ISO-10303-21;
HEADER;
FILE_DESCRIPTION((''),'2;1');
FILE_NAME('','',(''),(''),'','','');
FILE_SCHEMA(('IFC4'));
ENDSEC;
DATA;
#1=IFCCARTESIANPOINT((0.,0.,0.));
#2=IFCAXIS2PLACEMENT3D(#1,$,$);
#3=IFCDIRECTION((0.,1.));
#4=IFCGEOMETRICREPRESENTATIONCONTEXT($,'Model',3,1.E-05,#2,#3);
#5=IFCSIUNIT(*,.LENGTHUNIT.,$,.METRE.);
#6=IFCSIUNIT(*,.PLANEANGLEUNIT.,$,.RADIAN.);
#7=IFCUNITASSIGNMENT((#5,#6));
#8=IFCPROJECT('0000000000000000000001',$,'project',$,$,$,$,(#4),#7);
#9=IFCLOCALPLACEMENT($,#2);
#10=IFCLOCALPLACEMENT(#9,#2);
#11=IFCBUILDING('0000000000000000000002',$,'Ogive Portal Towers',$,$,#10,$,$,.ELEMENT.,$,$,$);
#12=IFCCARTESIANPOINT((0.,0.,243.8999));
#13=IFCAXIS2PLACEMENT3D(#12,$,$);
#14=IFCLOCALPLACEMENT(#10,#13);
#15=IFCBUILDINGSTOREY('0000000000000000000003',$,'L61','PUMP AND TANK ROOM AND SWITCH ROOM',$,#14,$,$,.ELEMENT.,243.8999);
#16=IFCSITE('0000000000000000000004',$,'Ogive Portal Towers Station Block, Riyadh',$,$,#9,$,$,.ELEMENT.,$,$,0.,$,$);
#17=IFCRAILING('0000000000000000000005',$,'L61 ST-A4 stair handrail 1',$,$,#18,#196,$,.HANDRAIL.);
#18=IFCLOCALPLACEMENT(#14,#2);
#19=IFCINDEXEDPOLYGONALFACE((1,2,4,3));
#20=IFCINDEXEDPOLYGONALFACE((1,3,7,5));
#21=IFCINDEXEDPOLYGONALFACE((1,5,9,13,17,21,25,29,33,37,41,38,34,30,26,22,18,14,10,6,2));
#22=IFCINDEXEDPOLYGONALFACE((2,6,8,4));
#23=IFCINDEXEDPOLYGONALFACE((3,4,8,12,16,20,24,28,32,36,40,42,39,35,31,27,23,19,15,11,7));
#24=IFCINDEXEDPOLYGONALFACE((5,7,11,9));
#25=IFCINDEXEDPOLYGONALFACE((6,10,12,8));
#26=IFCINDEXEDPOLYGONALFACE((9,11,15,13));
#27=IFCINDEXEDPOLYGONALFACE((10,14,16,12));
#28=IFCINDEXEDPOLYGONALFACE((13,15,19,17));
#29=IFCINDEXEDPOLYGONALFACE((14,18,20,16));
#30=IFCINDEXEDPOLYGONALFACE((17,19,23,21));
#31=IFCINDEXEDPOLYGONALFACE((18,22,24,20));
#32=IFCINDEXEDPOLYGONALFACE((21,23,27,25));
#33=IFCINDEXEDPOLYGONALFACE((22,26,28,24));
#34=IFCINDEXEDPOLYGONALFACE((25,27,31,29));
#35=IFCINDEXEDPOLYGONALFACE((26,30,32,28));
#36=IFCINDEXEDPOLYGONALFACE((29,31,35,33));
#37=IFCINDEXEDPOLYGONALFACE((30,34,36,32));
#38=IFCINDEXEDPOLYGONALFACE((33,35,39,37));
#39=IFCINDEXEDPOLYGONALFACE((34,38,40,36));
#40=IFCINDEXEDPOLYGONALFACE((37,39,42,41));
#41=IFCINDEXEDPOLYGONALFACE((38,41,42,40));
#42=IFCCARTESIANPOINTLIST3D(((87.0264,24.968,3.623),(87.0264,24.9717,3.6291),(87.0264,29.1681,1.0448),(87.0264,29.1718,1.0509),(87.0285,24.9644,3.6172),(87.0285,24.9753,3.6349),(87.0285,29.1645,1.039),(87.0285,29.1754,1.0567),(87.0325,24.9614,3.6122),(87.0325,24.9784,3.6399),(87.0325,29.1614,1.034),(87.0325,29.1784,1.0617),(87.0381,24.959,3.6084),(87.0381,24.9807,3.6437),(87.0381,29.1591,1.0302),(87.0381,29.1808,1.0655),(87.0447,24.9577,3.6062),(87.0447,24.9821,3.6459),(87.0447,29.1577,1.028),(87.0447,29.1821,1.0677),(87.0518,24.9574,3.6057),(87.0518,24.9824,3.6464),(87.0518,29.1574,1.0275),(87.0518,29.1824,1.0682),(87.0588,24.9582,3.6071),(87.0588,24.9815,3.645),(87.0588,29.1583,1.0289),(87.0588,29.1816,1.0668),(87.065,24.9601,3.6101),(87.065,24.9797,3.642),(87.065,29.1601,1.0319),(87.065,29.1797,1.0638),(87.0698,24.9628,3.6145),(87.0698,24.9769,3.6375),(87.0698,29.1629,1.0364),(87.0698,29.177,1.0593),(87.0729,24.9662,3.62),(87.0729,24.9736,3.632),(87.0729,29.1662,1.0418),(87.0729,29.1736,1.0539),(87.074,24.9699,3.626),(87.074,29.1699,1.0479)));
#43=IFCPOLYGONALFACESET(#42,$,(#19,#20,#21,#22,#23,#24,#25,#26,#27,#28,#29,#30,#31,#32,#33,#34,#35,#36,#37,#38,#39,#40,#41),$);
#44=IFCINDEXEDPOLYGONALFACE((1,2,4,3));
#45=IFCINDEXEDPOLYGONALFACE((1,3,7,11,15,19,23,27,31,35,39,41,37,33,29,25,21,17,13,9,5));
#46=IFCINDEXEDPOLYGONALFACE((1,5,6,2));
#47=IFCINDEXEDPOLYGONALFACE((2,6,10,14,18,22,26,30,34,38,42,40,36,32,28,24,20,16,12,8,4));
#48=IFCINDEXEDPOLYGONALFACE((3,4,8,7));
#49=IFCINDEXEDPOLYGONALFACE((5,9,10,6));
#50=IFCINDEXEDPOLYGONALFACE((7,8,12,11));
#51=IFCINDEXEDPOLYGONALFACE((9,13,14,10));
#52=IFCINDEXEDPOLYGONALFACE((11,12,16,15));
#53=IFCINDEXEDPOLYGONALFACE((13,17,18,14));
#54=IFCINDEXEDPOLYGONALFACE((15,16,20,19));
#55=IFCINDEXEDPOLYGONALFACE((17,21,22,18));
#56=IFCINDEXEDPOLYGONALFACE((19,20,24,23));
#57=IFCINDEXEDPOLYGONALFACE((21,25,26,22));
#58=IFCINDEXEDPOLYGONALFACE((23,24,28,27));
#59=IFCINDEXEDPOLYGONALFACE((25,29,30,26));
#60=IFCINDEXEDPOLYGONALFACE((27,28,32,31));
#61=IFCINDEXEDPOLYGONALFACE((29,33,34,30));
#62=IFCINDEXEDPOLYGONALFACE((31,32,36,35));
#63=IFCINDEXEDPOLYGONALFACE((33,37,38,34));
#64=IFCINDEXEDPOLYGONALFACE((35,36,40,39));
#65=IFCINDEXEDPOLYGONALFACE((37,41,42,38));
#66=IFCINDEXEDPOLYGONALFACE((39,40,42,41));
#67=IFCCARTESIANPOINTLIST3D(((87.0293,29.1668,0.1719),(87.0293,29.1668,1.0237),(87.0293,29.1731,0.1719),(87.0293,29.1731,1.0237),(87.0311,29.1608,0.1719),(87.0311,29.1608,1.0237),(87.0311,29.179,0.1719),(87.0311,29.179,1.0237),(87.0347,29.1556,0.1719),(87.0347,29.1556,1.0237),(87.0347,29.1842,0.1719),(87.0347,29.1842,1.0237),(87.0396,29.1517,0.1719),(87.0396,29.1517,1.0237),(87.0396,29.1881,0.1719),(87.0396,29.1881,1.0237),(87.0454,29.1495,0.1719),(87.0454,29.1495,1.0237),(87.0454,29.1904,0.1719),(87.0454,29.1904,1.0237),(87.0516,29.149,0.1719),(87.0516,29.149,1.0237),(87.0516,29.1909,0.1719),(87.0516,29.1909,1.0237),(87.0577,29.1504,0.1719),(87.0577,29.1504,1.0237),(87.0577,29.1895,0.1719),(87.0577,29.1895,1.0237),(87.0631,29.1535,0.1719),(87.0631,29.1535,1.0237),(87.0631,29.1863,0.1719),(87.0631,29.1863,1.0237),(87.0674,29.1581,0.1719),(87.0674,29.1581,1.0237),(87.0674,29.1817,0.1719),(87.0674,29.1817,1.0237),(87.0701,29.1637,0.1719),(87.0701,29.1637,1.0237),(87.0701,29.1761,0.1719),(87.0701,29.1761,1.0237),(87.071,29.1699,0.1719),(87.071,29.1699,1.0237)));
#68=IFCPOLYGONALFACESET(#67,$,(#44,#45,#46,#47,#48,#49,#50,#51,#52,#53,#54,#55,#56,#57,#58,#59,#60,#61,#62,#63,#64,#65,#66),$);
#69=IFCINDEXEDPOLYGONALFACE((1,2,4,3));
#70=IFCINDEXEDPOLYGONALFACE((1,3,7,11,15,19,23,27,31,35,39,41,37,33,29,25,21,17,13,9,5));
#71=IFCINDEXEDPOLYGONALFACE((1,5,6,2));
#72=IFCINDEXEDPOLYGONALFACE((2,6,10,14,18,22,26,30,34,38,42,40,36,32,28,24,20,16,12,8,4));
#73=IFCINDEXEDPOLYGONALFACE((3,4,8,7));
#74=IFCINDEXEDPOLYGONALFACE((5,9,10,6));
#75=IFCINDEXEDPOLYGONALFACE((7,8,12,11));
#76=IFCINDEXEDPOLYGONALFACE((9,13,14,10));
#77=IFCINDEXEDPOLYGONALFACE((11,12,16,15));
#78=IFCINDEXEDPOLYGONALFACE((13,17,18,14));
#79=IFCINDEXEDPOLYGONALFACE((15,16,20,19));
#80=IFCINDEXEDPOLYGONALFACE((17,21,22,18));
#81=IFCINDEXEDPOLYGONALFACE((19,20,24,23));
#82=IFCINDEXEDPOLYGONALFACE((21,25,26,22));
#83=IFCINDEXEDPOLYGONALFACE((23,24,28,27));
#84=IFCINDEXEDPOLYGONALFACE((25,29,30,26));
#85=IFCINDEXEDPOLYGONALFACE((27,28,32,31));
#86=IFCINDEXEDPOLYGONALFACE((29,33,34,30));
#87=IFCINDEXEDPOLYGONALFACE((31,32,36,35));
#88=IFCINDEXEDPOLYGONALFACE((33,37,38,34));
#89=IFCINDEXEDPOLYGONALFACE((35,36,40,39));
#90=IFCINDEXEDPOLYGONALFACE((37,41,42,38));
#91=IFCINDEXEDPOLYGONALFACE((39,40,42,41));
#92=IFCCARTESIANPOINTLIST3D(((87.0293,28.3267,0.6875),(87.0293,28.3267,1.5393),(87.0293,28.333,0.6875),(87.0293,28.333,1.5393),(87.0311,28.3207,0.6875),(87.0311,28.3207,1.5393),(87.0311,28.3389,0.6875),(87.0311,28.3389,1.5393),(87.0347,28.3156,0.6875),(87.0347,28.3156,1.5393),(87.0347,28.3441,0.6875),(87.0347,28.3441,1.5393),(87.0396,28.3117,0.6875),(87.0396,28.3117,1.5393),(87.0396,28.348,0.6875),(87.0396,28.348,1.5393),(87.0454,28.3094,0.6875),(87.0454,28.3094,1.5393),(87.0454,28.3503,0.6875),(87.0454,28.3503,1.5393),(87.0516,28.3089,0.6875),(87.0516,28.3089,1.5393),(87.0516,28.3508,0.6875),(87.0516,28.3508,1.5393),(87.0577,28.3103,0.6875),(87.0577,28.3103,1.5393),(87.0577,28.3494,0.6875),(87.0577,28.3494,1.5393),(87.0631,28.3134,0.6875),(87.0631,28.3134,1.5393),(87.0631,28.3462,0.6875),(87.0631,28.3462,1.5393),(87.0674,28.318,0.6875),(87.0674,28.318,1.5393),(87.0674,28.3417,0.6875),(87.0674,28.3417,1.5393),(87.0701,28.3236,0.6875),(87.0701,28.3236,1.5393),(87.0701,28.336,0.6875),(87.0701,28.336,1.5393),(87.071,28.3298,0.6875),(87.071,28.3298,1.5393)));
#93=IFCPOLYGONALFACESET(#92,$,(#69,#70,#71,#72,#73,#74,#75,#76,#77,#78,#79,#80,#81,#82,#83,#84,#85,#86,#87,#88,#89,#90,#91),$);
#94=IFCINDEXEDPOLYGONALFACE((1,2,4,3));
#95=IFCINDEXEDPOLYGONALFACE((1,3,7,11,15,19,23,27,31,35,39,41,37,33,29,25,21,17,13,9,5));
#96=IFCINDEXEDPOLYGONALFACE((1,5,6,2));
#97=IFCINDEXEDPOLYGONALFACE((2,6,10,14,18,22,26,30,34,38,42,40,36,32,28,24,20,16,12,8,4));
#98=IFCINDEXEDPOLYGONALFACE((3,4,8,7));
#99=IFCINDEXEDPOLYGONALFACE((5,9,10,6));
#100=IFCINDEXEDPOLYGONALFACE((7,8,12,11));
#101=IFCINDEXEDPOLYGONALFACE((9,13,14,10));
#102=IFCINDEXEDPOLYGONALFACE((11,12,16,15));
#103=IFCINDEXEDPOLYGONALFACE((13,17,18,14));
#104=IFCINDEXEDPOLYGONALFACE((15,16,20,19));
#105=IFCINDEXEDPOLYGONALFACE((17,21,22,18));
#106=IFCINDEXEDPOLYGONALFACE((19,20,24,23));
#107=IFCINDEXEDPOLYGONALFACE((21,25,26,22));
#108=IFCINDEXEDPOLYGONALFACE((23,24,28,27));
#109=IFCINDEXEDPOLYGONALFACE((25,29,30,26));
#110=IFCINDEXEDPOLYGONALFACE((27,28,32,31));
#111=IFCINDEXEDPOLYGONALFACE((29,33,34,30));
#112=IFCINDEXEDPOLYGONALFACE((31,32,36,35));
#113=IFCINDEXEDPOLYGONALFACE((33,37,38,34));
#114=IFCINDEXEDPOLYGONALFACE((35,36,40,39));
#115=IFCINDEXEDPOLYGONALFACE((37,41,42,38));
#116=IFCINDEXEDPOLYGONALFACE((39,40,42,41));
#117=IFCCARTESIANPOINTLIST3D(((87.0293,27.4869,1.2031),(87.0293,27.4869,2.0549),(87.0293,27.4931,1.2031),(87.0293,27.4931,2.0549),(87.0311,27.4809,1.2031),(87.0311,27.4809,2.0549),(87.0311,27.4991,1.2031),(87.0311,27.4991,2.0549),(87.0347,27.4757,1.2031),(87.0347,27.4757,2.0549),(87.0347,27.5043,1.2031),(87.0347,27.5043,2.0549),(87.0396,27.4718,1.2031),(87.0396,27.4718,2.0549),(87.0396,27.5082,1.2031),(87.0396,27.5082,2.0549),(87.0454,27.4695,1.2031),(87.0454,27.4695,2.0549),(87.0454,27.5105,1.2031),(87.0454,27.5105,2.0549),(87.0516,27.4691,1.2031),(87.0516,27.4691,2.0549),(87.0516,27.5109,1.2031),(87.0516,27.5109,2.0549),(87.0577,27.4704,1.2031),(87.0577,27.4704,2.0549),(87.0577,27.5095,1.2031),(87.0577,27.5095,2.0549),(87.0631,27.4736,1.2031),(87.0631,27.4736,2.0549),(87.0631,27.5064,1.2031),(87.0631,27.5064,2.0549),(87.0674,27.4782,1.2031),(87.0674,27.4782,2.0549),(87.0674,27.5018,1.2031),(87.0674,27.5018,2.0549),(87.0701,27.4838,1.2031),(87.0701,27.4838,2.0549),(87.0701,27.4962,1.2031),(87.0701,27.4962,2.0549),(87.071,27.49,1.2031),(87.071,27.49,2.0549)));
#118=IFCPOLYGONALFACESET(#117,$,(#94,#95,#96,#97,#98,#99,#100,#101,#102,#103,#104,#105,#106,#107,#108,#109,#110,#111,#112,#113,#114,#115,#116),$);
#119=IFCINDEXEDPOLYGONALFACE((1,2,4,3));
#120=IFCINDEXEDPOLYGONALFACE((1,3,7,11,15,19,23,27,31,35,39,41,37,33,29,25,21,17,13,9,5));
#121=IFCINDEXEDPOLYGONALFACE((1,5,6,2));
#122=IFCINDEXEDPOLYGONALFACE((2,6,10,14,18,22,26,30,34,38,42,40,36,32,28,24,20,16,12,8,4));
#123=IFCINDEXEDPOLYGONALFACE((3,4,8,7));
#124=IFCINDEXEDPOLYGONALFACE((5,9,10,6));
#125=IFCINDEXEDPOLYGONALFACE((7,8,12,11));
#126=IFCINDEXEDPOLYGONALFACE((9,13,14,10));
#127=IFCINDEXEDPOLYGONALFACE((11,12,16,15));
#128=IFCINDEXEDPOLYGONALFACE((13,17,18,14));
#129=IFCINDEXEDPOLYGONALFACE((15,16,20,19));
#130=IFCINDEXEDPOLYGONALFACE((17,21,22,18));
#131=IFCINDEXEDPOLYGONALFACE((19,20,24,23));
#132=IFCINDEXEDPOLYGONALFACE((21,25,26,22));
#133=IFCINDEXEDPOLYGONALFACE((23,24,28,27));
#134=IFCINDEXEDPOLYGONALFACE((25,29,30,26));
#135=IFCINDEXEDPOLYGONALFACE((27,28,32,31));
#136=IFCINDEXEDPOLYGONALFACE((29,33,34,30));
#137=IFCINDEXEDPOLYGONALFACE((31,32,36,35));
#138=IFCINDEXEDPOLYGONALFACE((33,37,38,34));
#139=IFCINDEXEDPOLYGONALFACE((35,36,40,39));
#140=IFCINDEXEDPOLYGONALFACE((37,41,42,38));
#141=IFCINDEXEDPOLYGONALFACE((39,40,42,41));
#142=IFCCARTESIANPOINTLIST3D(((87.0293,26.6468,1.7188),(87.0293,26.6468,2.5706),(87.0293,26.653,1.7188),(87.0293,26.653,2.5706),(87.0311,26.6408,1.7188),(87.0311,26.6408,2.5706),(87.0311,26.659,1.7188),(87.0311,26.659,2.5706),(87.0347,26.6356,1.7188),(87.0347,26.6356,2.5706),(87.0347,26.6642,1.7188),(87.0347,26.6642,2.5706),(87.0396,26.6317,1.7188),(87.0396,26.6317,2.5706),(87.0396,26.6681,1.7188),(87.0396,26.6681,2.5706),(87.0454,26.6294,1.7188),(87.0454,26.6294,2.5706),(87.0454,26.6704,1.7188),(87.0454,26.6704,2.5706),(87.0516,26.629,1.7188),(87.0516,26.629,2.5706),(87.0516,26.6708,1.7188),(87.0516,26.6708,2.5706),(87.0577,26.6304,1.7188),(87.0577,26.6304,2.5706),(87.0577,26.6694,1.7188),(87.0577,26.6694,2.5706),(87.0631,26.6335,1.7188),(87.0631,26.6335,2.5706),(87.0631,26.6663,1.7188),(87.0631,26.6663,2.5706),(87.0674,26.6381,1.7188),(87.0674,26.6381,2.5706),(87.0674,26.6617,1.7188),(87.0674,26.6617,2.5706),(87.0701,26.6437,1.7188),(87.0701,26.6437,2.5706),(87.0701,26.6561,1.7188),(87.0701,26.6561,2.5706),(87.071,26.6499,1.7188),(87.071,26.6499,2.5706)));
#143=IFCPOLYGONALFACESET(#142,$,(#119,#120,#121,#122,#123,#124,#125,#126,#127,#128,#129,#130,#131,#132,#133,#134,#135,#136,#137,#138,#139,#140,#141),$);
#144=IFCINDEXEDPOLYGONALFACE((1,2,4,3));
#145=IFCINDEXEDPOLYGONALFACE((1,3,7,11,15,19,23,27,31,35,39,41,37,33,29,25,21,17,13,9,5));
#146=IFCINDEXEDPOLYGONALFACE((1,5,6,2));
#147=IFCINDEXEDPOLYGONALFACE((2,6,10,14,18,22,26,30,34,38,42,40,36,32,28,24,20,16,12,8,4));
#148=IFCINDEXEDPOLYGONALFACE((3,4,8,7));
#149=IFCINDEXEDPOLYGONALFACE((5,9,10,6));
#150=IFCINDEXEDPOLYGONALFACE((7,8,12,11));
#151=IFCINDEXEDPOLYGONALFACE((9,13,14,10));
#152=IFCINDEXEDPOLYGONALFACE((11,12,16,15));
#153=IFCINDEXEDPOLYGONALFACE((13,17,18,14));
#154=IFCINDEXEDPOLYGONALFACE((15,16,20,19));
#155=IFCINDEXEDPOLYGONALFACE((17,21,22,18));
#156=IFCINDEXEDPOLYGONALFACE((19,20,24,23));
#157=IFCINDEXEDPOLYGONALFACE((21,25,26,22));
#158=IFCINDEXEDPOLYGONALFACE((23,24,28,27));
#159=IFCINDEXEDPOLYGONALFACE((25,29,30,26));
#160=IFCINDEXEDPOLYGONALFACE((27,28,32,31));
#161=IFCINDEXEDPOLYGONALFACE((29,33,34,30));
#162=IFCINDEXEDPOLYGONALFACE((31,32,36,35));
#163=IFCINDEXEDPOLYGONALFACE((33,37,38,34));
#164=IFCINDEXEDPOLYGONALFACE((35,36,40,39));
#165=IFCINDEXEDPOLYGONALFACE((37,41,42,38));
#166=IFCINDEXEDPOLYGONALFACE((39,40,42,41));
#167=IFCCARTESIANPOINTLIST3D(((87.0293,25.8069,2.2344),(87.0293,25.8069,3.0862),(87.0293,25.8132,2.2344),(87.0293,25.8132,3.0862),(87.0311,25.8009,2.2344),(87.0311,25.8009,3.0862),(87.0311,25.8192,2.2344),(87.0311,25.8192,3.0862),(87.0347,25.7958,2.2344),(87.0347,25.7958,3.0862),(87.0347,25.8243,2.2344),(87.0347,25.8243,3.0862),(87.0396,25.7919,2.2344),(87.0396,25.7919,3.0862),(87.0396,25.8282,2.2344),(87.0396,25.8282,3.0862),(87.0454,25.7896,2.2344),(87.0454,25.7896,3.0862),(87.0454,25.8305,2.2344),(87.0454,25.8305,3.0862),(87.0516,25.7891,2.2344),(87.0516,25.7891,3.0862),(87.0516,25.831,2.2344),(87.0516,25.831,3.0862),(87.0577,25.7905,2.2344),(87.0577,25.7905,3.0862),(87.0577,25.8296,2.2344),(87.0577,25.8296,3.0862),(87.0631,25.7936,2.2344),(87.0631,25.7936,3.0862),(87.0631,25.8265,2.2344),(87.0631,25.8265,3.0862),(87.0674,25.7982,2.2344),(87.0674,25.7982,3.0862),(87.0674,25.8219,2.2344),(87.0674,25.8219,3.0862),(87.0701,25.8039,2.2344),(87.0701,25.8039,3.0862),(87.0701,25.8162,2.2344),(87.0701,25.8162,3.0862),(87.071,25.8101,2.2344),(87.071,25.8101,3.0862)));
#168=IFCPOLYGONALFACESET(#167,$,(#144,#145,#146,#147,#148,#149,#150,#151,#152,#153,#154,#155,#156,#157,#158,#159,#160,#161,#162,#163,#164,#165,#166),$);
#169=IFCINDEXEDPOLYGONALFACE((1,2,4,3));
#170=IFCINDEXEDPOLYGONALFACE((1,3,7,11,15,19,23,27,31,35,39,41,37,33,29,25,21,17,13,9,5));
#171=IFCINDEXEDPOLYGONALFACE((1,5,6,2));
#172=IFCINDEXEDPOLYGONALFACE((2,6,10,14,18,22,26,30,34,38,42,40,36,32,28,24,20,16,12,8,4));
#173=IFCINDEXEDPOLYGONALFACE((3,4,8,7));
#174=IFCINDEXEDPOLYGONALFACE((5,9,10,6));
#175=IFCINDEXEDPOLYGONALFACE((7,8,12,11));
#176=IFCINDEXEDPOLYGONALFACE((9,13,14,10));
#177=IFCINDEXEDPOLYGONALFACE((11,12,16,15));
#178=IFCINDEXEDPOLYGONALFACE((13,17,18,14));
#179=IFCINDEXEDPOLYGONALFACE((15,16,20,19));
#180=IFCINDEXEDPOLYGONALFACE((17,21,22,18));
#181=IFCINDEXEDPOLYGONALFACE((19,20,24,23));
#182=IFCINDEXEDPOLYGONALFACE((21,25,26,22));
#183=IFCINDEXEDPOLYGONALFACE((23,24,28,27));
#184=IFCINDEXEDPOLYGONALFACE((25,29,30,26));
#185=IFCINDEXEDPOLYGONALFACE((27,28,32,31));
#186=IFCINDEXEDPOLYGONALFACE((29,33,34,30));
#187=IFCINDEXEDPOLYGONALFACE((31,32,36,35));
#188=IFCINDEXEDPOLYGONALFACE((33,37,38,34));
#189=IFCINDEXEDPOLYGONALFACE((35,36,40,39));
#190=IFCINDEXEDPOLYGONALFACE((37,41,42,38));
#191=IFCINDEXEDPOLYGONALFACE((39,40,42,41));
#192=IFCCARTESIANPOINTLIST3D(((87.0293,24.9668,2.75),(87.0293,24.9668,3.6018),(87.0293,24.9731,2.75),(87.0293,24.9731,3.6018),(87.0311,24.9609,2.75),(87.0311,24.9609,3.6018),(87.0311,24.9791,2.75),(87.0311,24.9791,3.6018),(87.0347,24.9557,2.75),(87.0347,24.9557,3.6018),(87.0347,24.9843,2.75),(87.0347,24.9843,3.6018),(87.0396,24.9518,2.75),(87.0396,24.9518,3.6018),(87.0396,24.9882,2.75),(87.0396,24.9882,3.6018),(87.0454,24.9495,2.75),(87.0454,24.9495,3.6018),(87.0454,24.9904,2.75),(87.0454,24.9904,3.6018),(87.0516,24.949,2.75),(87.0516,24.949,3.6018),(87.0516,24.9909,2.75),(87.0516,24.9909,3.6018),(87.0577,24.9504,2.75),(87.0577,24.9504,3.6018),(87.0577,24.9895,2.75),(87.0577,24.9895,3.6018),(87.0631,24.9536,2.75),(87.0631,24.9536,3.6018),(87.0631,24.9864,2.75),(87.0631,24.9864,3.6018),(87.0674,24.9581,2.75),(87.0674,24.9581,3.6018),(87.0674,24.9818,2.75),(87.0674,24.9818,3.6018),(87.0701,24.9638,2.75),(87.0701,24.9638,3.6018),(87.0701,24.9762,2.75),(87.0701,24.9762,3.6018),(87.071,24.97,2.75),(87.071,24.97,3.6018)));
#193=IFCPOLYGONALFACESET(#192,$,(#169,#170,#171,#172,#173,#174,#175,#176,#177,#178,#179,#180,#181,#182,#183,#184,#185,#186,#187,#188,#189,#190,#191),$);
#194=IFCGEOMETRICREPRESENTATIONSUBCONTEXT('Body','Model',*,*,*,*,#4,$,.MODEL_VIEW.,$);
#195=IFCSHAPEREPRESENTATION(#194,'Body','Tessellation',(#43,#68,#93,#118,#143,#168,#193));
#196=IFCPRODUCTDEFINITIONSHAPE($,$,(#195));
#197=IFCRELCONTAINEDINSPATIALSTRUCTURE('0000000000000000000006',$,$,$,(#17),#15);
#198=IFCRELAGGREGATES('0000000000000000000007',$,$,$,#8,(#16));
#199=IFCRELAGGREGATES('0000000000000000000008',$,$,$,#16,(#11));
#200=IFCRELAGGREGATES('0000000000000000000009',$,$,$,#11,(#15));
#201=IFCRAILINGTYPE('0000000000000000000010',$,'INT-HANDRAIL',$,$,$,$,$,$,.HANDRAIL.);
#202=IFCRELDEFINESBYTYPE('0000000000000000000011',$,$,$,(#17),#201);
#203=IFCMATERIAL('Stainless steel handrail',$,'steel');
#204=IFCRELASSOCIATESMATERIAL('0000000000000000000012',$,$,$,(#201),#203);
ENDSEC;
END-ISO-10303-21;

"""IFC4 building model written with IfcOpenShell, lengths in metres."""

from ifc_helpers import new_model, si_unit, direction, frame, origin, origin_2d, place, context, subcontext, project, spatial, circle, extrude, material, type_object, element, save


model = new_model("IFC4")

# Units and contexts
model_context = context("Model", 3, precision=1e-05, world=origin(), true_north=direction((0.0, 1.0)))
body_context = subcontext(model_context, "Body", "Model", "MODEL_VIEW")
ifc_project = project(units=[si_unit("LENGTHUNIT", "METRE"), si_unit("PLANEANGLEUNIT", "RADIAN")], contexts=[model_context])

# Site, building, storey
site_placement = place(None, origin())
site = spatial("IfcSite", under=ifc_project, at=site_placement, Name="Ogive Portal Towers Station Block, Riyadh", CompositionType="ELEMENT", RefElevation=0.0)
building_placement = place(site_placement, origin())
building = spatial("IfcBuilding", under=site, at=building_placement, Name="Ogive Portal Towers", CompositionType="ELEMENT")
storey_placement = place(building_placement, frame((0.0, 0.0, 243.8999)))
storey = spatial("IfcBuildingStorey", under=building, at=storey_placement, Name="L61", Description="PUMP AND TANK ROOM AND SWITCH ROOM", CompositionType="ELEMENT", Elevation=243.8999)

# Railing
ifc_material_1 = material(Name="Stainless steel handrail", Category="steel")
railing_type_1 = type_object("IfcRailingType", Name="INT-HANDRAIL", PredefinedType="HANDRAIL", material=ifc_material_1)
railing_1_placement = place(storey_placement, frame((87.05, 29.1699, 0.1719)))
element("IfcRailing", 1, at=railing_1_placement, inside=storey, type_object=railing_type_1, Name="L61 ST-A4 stair handrail 1", PredefinedType="HANDRAIL", context=body_context, shape_type="SweptSolid", body=[
    extrude(circle(Radius=0.0239, at=origin_2d()), frame((0.0, 0.0, 0.876), z_axis=(0.0, -0.852243, 0.523146), x_axis=(1.0, 0.0, 0.0)), (0.0, 0.0, 1.0), 4.9282),
    extrude(circle(Radius=0.021, at=origin_2d()), origin(), (0.0, 0.0, 1.0), 0.8518),
    extrude(circle(Radius=0.021, at=origin_2d()), frame((0.0, -0.8401, 0.5156)), (0.0, 0.0, 1.0), 0.8518),
    extrude(circle(Radius=0.021, at=origin_2d()), frame((0.0, -1.6799, 1.0312)), (0.0, 0.0, 1.0), 0.8518),
    extrude(circle(Radius=0.021, at=origin_2d()), frame((0.0, -2.52, 1.5469)), (0.0, 0.0, 1.0), 0.8518),
    extrude(circle(Radius=0.021, at=origin_2d()), frame((0.0, -3.3599, 2.0625)), (0.0, 0.0, 1.0), 0.8518),
    extrude(circle(Radius=0.021, at=origin_2d()), frame((0.0, -4.2, 2.5781)), (0.0, 0.0, 1.0), 0.8518),
])

save(model, "model.ifc")
